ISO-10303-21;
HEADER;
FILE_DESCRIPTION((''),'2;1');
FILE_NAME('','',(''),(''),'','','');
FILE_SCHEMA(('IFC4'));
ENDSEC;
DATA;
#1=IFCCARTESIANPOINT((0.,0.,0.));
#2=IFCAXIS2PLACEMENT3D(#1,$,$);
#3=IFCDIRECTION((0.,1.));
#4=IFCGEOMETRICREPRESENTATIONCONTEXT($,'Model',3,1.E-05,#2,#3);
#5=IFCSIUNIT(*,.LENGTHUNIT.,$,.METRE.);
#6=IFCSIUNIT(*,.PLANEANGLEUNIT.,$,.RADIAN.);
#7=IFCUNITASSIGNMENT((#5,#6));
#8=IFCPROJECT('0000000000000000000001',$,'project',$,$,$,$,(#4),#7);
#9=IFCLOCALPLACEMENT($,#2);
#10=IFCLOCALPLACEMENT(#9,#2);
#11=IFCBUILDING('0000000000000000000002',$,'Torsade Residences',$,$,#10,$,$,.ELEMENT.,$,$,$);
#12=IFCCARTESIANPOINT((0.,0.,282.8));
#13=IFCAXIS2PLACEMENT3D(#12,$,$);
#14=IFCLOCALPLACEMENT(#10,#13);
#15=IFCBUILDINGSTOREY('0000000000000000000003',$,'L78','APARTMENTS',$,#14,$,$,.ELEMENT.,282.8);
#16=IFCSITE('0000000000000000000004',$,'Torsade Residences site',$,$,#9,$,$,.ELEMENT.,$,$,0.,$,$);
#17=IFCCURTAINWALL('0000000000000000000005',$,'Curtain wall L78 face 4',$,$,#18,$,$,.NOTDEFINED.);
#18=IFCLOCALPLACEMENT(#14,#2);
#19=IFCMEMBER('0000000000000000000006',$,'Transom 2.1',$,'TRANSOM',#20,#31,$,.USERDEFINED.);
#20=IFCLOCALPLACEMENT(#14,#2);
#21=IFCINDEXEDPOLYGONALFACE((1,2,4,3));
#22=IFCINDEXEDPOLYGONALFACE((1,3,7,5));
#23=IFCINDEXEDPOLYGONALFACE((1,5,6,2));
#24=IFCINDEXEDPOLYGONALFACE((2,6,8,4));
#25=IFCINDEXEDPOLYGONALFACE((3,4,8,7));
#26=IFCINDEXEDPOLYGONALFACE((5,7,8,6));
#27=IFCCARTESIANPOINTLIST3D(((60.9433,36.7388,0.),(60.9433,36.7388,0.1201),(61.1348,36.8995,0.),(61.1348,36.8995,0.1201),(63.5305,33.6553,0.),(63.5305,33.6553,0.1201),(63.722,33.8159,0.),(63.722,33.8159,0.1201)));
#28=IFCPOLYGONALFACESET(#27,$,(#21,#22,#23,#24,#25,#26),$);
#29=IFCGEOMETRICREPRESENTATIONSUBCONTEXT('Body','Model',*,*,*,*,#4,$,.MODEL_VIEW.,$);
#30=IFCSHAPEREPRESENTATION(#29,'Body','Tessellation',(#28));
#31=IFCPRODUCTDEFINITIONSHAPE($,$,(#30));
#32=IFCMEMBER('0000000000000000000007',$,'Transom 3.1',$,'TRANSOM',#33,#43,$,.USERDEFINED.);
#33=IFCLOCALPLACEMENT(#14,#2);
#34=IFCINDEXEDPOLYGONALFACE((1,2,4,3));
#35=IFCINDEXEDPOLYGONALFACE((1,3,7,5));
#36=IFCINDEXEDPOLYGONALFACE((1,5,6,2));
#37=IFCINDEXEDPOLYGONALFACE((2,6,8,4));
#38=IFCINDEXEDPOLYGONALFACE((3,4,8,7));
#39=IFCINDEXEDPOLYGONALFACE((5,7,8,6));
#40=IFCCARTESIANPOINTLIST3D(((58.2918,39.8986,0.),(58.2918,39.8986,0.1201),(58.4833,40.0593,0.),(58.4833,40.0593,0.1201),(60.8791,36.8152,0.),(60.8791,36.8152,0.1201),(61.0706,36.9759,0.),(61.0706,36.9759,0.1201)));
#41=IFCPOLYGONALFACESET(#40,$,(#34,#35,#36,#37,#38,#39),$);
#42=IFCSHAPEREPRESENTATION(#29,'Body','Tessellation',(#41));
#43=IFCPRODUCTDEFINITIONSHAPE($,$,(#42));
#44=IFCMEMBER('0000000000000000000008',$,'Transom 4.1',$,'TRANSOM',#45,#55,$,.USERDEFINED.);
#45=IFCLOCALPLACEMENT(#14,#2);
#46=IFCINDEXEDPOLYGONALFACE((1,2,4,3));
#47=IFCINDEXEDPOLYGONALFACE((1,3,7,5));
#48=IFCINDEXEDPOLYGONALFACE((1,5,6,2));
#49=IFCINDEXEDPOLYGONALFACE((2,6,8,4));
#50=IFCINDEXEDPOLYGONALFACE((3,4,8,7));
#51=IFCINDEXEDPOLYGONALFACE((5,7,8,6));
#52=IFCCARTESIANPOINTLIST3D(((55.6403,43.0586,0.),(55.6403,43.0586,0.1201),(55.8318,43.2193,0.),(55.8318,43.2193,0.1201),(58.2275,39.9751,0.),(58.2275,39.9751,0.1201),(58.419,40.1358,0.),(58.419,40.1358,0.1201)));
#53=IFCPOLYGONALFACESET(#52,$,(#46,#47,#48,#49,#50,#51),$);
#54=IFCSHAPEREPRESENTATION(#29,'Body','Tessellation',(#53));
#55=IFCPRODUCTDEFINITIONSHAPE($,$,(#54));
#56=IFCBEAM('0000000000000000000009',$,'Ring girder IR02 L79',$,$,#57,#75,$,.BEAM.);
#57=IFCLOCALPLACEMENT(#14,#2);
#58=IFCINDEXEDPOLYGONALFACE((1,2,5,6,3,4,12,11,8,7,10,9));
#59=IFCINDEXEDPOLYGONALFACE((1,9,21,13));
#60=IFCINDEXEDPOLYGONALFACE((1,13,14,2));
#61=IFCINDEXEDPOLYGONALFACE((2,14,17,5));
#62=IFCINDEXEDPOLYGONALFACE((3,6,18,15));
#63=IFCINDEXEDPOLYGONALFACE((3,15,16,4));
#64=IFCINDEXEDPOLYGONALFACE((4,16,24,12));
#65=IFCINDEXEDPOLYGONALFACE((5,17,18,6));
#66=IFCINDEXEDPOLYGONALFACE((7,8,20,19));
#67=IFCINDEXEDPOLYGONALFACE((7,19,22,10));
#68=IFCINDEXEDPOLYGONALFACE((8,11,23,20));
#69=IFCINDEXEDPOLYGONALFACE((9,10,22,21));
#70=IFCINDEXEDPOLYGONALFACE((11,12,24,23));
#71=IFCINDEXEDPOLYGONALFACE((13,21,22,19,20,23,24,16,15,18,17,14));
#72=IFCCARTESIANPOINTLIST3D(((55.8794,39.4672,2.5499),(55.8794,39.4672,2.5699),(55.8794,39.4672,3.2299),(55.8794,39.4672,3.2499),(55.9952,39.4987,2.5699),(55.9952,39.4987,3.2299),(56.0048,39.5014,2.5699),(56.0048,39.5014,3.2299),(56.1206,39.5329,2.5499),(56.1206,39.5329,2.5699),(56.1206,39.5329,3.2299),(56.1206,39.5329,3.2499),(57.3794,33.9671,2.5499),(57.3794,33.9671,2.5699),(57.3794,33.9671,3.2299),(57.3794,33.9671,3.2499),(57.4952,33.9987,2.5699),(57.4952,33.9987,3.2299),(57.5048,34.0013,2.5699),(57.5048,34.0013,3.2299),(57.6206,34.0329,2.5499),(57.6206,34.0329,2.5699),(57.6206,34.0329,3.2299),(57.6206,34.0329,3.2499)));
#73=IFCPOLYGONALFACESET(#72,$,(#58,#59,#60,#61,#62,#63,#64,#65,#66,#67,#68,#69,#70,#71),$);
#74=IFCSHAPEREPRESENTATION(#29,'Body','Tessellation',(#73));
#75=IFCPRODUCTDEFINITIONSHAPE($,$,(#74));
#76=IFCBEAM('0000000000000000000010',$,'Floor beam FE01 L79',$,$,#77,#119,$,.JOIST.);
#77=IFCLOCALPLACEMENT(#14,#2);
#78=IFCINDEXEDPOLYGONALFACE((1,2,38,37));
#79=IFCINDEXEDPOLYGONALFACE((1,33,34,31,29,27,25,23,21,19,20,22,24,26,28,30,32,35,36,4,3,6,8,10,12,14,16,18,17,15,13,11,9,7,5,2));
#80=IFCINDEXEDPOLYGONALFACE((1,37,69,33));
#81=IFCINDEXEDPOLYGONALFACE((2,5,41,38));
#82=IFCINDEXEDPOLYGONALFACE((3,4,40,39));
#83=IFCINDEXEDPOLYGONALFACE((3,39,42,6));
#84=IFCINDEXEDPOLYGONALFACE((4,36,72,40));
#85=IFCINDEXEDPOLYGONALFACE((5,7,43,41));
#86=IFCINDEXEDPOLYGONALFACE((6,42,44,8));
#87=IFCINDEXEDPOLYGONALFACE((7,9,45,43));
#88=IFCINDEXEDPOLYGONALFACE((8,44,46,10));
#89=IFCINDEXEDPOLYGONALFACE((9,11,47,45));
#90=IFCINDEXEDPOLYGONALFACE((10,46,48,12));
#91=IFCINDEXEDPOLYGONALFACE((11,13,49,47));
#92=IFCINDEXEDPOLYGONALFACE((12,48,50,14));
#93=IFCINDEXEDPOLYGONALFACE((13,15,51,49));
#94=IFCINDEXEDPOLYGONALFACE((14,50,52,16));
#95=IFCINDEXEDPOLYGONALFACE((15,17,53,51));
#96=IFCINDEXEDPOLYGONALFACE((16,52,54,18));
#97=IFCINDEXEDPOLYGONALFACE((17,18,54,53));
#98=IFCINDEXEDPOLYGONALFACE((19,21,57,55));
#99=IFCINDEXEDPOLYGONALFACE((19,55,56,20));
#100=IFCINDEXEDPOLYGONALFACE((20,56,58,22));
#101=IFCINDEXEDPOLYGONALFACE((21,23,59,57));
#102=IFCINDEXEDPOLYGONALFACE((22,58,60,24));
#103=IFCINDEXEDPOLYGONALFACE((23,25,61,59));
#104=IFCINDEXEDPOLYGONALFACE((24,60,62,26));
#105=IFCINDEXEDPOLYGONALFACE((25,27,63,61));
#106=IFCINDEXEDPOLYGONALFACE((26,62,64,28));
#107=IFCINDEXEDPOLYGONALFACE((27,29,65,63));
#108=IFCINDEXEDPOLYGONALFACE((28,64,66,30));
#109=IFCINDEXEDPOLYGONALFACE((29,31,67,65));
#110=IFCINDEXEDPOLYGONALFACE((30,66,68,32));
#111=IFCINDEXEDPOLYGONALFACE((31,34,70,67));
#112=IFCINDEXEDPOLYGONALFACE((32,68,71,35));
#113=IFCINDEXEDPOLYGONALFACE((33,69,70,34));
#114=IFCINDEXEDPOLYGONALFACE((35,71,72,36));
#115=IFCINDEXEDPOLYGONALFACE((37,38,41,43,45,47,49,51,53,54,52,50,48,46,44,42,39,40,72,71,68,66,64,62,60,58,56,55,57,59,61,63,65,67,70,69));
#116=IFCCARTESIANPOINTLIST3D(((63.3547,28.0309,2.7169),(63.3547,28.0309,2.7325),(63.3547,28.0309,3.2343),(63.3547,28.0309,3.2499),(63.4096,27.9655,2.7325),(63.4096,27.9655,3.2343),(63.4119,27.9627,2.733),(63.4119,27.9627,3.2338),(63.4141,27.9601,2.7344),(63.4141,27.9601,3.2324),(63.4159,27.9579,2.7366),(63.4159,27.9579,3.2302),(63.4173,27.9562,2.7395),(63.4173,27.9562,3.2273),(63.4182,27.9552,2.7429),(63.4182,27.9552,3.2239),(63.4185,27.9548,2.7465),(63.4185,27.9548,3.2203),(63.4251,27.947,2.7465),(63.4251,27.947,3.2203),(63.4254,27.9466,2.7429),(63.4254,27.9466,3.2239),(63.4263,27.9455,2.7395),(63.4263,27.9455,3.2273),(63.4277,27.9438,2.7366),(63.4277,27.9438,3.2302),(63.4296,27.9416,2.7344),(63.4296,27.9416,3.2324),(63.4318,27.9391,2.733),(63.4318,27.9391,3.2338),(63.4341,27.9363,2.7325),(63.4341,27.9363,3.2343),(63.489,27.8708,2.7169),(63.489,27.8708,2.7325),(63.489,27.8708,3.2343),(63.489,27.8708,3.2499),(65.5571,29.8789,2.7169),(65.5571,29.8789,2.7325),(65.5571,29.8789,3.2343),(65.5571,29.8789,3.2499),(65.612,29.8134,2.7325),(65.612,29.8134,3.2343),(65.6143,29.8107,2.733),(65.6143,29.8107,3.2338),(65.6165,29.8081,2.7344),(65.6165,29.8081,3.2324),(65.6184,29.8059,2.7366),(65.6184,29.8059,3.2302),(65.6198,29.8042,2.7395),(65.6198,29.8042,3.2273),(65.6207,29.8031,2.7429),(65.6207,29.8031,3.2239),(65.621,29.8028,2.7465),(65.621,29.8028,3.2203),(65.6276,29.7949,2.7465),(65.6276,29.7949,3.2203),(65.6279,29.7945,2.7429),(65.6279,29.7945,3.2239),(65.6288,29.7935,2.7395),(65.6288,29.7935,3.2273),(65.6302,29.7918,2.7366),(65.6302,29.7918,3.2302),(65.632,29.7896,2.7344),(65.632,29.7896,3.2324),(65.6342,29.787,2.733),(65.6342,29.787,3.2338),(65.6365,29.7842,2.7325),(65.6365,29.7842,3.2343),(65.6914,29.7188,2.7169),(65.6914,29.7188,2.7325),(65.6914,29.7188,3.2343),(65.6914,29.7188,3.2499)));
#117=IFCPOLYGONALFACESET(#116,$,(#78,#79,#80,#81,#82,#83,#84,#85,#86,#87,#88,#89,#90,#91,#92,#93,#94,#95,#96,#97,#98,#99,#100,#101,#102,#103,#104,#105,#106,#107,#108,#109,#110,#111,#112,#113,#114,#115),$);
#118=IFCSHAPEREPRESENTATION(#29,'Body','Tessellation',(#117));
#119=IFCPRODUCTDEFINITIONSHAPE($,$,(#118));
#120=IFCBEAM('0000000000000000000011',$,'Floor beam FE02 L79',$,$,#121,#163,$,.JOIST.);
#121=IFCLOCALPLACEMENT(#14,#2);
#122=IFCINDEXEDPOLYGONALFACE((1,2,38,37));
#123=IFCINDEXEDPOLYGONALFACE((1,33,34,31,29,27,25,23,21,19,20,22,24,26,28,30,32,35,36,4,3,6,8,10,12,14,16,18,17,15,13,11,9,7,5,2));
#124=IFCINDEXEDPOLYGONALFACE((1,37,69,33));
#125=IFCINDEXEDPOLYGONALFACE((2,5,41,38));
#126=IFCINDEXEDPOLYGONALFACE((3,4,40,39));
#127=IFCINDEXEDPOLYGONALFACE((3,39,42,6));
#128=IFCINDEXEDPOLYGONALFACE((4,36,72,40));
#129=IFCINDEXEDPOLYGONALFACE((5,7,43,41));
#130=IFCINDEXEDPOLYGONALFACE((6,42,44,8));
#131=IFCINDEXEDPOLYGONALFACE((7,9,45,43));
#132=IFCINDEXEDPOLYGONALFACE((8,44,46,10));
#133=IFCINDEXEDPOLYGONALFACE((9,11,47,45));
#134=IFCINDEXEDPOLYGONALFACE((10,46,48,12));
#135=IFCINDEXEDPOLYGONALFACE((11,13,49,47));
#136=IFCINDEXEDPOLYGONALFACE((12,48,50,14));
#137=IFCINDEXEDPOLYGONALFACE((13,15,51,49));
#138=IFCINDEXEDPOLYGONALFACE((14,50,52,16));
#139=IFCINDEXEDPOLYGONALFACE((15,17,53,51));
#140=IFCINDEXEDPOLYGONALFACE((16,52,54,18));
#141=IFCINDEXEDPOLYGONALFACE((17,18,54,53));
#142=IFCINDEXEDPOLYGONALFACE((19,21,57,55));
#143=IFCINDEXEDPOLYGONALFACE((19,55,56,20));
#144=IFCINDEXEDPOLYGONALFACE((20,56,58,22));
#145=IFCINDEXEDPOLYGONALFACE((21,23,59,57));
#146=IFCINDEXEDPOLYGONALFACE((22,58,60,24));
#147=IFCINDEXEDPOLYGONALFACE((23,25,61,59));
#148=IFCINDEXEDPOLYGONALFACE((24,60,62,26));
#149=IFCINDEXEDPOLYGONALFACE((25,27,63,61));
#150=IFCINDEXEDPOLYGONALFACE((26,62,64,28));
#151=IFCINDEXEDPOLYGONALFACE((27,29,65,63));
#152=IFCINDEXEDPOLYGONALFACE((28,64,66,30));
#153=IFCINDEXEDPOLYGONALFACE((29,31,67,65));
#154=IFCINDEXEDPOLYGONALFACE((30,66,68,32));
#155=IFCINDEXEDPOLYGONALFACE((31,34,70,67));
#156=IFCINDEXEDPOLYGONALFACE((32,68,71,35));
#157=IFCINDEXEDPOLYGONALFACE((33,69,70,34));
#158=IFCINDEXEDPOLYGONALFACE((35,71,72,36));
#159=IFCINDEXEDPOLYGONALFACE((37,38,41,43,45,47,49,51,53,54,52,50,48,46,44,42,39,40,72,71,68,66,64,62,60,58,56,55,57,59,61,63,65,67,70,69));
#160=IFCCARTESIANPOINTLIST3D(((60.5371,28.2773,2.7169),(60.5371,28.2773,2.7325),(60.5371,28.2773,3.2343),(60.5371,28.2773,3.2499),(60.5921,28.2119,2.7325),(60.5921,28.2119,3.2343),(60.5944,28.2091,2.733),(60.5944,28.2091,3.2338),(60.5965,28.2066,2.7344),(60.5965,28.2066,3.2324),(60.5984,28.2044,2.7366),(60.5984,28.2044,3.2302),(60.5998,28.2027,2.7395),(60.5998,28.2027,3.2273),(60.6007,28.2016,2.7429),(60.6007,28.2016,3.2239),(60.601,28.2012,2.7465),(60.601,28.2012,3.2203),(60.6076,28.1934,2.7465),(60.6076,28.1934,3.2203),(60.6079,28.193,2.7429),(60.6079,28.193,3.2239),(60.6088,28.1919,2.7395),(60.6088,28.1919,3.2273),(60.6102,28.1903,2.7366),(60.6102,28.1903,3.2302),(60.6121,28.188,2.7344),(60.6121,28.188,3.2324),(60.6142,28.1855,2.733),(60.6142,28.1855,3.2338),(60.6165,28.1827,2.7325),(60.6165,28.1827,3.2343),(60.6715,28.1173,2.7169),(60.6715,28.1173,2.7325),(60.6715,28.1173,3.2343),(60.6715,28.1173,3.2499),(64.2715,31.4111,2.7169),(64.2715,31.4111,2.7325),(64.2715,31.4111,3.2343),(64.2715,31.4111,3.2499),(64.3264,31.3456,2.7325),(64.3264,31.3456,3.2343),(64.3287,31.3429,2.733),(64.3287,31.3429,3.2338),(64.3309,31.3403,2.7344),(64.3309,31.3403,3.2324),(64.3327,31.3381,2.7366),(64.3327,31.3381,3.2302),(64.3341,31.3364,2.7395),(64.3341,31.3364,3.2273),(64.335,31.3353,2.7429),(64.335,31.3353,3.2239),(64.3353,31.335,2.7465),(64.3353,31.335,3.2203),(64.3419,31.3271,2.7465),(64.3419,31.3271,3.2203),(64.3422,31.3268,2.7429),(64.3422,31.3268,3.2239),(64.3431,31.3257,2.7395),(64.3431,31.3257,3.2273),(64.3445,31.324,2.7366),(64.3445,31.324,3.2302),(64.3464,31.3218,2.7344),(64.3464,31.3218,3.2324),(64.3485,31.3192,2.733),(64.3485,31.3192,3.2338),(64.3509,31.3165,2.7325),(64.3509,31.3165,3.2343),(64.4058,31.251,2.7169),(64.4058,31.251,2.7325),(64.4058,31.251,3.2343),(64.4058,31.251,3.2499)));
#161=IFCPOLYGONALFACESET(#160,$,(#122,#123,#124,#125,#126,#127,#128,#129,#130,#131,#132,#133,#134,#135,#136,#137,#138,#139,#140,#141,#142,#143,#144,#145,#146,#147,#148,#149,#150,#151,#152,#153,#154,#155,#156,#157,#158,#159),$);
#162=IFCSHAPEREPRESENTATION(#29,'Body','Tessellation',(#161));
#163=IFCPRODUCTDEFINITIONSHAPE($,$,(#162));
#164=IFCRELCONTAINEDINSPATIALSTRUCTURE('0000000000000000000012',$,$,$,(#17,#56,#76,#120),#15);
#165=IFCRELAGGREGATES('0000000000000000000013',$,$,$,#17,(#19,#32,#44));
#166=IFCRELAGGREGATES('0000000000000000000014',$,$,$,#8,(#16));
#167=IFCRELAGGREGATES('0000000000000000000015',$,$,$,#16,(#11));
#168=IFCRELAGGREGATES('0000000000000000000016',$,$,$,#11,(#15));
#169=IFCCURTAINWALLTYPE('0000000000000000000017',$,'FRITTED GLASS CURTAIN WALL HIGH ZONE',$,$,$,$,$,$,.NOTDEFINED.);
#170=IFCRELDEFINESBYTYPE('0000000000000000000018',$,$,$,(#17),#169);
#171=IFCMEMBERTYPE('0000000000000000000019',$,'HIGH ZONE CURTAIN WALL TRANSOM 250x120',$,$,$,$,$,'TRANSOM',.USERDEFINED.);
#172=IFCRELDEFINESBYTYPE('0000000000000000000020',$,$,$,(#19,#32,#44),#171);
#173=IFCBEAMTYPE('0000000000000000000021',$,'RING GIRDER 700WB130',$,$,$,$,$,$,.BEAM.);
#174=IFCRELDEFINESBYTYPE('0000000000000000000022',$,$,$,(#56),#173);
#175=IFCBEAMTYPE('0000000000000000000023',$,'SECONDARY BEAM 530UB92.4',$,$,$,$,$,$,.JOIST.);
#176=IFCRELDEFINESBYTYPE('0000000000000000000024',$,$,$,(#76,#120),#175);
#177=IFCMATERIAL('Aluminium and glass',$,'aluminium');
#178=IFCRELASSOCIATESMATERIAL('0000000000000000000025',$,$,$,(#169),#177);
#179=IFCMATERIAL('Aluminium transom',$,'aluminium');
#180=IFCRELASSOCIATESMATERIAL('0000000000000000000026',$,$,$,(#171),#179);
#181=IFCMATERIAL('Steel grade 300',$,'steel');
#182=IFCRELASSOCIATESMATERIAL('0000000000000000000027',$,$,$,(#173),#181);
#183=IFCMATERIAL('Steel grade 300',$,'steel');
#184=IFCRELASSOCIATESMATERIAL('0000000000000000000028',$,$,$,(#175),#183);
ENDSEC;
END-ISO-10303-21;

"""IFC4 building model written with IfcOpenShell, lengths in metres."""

from ifc_helpers import new_model, si_unit, direction, frame, origin, origin_2d, place, context, subcontext, project, spatial, rectangle, i_section, extrude, material, material_profile, profile_set, type_object, element, aggregate, save


model = new_model("IFC4")

# Units and contexts
model_context = context("Model", 3, precision=1e-05, world=origin(), true_north=direction((0.0, 1.0)))
body_context = subcontext(model_context, "Body", "Model", "MODEL_VIEW")
ifc_project = project(units=[si_unit("LENGTHUNIT", "METRE"), si_unit("PLANEANGLEUNIT", "RADIAN")], contexts=[model_context])

# Site, building, storey
site_placement = place(None, origin())
site = spatial("IfcSite", under=ifc_project, at=site_placement, Name="Torsade Residences site", CompositionType="ELEMENT", RefElevation=0.0)
building_placement = place(site_placement, origin())
building = spatial("IfcBuilding", under=site, at=building_placement, Name="Torsade Residences", CompositionType="ELEMENT")
storey_placement = place(building_placement, frame((0.0, 0.0, 282.8)))
storey = spatial("IfcBuildingStorey", under=building, at=storey_placement, Name="L78", Description="APARTMENTS", CompositionType="ELEMENT", Elevation=282.8)

# Curtain wall, members
ifc_material_1 = material(Name="Aluminium and glass", Category="aluminium")
curtain_wall_type = type_object("IfcCurtainWallType", Name="FRITTED GLASS CURTAIN WALL HIGH ZONE", PredefinedType="NOTDEFINED", material=ifc_material_1)
curtain_wall_placement = place(storey_placement, origin())
curtain_wall = element("IfcCurtainWall", 1, at=curtain_wall_placement, inside=storey, type_object=curtain_wall_type, Name="Curtain wall L78 face 4", PredefinedType="NOTDEFINED")
ifc_material_2 = material(Name="Aluminium transom", Category="aluminium")
ifc_material_profile_1 = material_profile(ifc_material_2, rectangle(XDim=0.25, YDim=0.1201, at=origin_2d()), Name="HIGH ZONE CURTAIN WALL TRANSOM 250x120")
ifc_profile_set_1 = profile_set([ifc_material_profile_1], Name="Aluminium transom")
member_type_1 = type_object("IfcMemberType", Name="HIGH ZONE CURTAIN WALL TRANSOM 250x120", ElementType="TRANSOM", PredefinedType="USERDEFINED", material=ifc_profile_set_1)
member_1_placement = place(storey_placement, frame((63.6262, 33.7356, 0.0601), z_axis=(-0.642758, 0.766069, 0.0), x_axis=(-0.766069, -0.642758, 0.0)))
member_1 = element("IfcMember", 2, at=member_1_placement, type_object=member_type_1, Name="Transom 2.1", ObjectType="TRANSOM", PredefinedType="USERDEFINED", context=body_context, shape_type="SweptSolid", body=[
    extrude(rectangle(XDim=0.25, YDim=0.1201, at=origin_2d()), origin(), (0.0, 0.0, 1.0), 4.0251),
])
member_2_placement = place(storey_placement, frame((60.9749, 36.8955, 0.0601), z_axis=(-0.642794, 0.766039, 0.0), x_axis=(-0.766039, -0.642794, 0.0)))
member_2 = element("IfcMember", 3, at=member_2_placement, type_object=member_type_1, Name="Transom 3.1", ObjectType="TRANSOM", PredefinedType="USERDEFINED", context=body_context, shape_type="SweptSolid", body=[
    extrude(rectangle(XDim=0.25, YDim=0.1201, at=origin_2d()), origin(), (0.0, 0.0, 1.0), 4.0251),
])
member_3_placement = place(storey_placement, frame((58.3232, 40.0554, 0.0601), z_axis=(-0.642758, 0.766069, 0.0), x_axis=(-0.766069, -0.642758, 0.0)))
member_3 = element("IfcMember", 4, at=member_3_placement, type_object=member_type_1, Name="Transom 4.1", ObjectType="TRANSOM", PredefinedType="USERDEFINED", context=body_context, shape_type="SweptSolid", body=[
    extrude(rectangle(XDim=0.25, YDim=0.1201, at=origin_2d()), origin(), (0.0, 0.0, 1.0), 4.0251),
])

# Beams
ifc_material_3 = material(Name="Steel grade 300", Category="steel")
ifc_material_profile_2 = material_profile(ifc_material_3, i_section(OverallWidth=0.25, OverallDepth=0.7, WebThickness=0.01, FlangeThickness=0.02, at=origin_2d()), Name="700WB130")
ifc_profile_set_2 = profile_set([ifc_material_profile_2], Name="Steel grade 300")
beam_type_1 = type_object("IfcBeamType", Name="RING GIRDER 700WB130", PredefinedType="BEAM", material=ifc_profile_set_2)
beam_1_placement = place(storey_placement, frame((57.5, 34.0, 2.8999), z_axis=(-0.263117, 0.964764, 0.0), x_axis=(-0.964764, -0.263117, 0.0)))
element("IfcBeam", 5, at=beam_1_placement, inside=storey, type_object=beam_type_1, Name="Ring girder IR02 L79", PredefinedType="BEAM", context=body_context, shape_type="SweptSolid", body=[
    extrude(i_section(OverallWidth=0.25, OverallDepth=0.7, WebThickness=0.01, FlangeThickness=0.02, at=origin_2d()), origin(), (0.0, 0.0, 1.0), 5.7009),
])
ifc_material_4 = material(Name="Steel grade 300", Category="steel")
ifc_material_profile_3 = material_profile(ifc_material_4, i_section(OverallWidth=0.209, OverallDepth=0.533, WebThickness=0.0103, FlangeThickness=0.0156, FilletRadius=0.0139, at=origin_2d()), Name="530UB92.4")
ifc_profile_set_3 = profile_set([ifc_material_profile_3], Name="Steel grade 300")
beam_type_2 = type_object("IfcBeamType", Name="SECONDARY BEAM 530UB92.4", PredefinedType="JOIST", material=ifc_profile_set_3)
beam_2_placement = place(storey_placement, frame((65.6243, 29.7988, 2.9834), z_axis=(-0.766066, -0.642762, 0.0), x_axis=(0.642762, -0.766066, 0.0)))
element("IfcBeam", 6, at=beam_2_placement, inside=storey, type_object=beam_type_2, Name="Floor beam FE01 L79", PredefinedType="JOIST", context=body_context, shape_type="SweptSolid", body=[
    extrude(i_section(OverallWidth=0.209, OverallDepth=0.533, WebThickness=0.0103, FlangeThickness=0.0156, FilletRadius=0.0139, at=origin_2d()), origin(), (0.0, 0.0, 1.0), 2.875),
])
beam_3_placement = place(storey_placement, frame((64.3386, 31.3311, 2.9834), z_axis=(-0.766017, -0.642821, 0.0), x_axis=(0.642821, -0.766017, 0.0)))
element("IfcBeam", 7, at=beam_3_placement, inside=storey, type_object=beam_type_2, Name="Floor beam FE02 L79", PredefinedType="JOIST", context=body_context, shape_type="SweptSolid", body=[
    extrude(i_section(OverallWidth=0.209, OverallDepth=0.533, WebThickness=0.0103, FlangeThickness=0.0156, FilletRadius=0.0139, at=origin_2d()), origin(), (0.0, 0.0, 1.0), 4.875),
])

aggregate(curtain_wall, [member_1, member_2, member_3])

save(model, "model.ifc")
